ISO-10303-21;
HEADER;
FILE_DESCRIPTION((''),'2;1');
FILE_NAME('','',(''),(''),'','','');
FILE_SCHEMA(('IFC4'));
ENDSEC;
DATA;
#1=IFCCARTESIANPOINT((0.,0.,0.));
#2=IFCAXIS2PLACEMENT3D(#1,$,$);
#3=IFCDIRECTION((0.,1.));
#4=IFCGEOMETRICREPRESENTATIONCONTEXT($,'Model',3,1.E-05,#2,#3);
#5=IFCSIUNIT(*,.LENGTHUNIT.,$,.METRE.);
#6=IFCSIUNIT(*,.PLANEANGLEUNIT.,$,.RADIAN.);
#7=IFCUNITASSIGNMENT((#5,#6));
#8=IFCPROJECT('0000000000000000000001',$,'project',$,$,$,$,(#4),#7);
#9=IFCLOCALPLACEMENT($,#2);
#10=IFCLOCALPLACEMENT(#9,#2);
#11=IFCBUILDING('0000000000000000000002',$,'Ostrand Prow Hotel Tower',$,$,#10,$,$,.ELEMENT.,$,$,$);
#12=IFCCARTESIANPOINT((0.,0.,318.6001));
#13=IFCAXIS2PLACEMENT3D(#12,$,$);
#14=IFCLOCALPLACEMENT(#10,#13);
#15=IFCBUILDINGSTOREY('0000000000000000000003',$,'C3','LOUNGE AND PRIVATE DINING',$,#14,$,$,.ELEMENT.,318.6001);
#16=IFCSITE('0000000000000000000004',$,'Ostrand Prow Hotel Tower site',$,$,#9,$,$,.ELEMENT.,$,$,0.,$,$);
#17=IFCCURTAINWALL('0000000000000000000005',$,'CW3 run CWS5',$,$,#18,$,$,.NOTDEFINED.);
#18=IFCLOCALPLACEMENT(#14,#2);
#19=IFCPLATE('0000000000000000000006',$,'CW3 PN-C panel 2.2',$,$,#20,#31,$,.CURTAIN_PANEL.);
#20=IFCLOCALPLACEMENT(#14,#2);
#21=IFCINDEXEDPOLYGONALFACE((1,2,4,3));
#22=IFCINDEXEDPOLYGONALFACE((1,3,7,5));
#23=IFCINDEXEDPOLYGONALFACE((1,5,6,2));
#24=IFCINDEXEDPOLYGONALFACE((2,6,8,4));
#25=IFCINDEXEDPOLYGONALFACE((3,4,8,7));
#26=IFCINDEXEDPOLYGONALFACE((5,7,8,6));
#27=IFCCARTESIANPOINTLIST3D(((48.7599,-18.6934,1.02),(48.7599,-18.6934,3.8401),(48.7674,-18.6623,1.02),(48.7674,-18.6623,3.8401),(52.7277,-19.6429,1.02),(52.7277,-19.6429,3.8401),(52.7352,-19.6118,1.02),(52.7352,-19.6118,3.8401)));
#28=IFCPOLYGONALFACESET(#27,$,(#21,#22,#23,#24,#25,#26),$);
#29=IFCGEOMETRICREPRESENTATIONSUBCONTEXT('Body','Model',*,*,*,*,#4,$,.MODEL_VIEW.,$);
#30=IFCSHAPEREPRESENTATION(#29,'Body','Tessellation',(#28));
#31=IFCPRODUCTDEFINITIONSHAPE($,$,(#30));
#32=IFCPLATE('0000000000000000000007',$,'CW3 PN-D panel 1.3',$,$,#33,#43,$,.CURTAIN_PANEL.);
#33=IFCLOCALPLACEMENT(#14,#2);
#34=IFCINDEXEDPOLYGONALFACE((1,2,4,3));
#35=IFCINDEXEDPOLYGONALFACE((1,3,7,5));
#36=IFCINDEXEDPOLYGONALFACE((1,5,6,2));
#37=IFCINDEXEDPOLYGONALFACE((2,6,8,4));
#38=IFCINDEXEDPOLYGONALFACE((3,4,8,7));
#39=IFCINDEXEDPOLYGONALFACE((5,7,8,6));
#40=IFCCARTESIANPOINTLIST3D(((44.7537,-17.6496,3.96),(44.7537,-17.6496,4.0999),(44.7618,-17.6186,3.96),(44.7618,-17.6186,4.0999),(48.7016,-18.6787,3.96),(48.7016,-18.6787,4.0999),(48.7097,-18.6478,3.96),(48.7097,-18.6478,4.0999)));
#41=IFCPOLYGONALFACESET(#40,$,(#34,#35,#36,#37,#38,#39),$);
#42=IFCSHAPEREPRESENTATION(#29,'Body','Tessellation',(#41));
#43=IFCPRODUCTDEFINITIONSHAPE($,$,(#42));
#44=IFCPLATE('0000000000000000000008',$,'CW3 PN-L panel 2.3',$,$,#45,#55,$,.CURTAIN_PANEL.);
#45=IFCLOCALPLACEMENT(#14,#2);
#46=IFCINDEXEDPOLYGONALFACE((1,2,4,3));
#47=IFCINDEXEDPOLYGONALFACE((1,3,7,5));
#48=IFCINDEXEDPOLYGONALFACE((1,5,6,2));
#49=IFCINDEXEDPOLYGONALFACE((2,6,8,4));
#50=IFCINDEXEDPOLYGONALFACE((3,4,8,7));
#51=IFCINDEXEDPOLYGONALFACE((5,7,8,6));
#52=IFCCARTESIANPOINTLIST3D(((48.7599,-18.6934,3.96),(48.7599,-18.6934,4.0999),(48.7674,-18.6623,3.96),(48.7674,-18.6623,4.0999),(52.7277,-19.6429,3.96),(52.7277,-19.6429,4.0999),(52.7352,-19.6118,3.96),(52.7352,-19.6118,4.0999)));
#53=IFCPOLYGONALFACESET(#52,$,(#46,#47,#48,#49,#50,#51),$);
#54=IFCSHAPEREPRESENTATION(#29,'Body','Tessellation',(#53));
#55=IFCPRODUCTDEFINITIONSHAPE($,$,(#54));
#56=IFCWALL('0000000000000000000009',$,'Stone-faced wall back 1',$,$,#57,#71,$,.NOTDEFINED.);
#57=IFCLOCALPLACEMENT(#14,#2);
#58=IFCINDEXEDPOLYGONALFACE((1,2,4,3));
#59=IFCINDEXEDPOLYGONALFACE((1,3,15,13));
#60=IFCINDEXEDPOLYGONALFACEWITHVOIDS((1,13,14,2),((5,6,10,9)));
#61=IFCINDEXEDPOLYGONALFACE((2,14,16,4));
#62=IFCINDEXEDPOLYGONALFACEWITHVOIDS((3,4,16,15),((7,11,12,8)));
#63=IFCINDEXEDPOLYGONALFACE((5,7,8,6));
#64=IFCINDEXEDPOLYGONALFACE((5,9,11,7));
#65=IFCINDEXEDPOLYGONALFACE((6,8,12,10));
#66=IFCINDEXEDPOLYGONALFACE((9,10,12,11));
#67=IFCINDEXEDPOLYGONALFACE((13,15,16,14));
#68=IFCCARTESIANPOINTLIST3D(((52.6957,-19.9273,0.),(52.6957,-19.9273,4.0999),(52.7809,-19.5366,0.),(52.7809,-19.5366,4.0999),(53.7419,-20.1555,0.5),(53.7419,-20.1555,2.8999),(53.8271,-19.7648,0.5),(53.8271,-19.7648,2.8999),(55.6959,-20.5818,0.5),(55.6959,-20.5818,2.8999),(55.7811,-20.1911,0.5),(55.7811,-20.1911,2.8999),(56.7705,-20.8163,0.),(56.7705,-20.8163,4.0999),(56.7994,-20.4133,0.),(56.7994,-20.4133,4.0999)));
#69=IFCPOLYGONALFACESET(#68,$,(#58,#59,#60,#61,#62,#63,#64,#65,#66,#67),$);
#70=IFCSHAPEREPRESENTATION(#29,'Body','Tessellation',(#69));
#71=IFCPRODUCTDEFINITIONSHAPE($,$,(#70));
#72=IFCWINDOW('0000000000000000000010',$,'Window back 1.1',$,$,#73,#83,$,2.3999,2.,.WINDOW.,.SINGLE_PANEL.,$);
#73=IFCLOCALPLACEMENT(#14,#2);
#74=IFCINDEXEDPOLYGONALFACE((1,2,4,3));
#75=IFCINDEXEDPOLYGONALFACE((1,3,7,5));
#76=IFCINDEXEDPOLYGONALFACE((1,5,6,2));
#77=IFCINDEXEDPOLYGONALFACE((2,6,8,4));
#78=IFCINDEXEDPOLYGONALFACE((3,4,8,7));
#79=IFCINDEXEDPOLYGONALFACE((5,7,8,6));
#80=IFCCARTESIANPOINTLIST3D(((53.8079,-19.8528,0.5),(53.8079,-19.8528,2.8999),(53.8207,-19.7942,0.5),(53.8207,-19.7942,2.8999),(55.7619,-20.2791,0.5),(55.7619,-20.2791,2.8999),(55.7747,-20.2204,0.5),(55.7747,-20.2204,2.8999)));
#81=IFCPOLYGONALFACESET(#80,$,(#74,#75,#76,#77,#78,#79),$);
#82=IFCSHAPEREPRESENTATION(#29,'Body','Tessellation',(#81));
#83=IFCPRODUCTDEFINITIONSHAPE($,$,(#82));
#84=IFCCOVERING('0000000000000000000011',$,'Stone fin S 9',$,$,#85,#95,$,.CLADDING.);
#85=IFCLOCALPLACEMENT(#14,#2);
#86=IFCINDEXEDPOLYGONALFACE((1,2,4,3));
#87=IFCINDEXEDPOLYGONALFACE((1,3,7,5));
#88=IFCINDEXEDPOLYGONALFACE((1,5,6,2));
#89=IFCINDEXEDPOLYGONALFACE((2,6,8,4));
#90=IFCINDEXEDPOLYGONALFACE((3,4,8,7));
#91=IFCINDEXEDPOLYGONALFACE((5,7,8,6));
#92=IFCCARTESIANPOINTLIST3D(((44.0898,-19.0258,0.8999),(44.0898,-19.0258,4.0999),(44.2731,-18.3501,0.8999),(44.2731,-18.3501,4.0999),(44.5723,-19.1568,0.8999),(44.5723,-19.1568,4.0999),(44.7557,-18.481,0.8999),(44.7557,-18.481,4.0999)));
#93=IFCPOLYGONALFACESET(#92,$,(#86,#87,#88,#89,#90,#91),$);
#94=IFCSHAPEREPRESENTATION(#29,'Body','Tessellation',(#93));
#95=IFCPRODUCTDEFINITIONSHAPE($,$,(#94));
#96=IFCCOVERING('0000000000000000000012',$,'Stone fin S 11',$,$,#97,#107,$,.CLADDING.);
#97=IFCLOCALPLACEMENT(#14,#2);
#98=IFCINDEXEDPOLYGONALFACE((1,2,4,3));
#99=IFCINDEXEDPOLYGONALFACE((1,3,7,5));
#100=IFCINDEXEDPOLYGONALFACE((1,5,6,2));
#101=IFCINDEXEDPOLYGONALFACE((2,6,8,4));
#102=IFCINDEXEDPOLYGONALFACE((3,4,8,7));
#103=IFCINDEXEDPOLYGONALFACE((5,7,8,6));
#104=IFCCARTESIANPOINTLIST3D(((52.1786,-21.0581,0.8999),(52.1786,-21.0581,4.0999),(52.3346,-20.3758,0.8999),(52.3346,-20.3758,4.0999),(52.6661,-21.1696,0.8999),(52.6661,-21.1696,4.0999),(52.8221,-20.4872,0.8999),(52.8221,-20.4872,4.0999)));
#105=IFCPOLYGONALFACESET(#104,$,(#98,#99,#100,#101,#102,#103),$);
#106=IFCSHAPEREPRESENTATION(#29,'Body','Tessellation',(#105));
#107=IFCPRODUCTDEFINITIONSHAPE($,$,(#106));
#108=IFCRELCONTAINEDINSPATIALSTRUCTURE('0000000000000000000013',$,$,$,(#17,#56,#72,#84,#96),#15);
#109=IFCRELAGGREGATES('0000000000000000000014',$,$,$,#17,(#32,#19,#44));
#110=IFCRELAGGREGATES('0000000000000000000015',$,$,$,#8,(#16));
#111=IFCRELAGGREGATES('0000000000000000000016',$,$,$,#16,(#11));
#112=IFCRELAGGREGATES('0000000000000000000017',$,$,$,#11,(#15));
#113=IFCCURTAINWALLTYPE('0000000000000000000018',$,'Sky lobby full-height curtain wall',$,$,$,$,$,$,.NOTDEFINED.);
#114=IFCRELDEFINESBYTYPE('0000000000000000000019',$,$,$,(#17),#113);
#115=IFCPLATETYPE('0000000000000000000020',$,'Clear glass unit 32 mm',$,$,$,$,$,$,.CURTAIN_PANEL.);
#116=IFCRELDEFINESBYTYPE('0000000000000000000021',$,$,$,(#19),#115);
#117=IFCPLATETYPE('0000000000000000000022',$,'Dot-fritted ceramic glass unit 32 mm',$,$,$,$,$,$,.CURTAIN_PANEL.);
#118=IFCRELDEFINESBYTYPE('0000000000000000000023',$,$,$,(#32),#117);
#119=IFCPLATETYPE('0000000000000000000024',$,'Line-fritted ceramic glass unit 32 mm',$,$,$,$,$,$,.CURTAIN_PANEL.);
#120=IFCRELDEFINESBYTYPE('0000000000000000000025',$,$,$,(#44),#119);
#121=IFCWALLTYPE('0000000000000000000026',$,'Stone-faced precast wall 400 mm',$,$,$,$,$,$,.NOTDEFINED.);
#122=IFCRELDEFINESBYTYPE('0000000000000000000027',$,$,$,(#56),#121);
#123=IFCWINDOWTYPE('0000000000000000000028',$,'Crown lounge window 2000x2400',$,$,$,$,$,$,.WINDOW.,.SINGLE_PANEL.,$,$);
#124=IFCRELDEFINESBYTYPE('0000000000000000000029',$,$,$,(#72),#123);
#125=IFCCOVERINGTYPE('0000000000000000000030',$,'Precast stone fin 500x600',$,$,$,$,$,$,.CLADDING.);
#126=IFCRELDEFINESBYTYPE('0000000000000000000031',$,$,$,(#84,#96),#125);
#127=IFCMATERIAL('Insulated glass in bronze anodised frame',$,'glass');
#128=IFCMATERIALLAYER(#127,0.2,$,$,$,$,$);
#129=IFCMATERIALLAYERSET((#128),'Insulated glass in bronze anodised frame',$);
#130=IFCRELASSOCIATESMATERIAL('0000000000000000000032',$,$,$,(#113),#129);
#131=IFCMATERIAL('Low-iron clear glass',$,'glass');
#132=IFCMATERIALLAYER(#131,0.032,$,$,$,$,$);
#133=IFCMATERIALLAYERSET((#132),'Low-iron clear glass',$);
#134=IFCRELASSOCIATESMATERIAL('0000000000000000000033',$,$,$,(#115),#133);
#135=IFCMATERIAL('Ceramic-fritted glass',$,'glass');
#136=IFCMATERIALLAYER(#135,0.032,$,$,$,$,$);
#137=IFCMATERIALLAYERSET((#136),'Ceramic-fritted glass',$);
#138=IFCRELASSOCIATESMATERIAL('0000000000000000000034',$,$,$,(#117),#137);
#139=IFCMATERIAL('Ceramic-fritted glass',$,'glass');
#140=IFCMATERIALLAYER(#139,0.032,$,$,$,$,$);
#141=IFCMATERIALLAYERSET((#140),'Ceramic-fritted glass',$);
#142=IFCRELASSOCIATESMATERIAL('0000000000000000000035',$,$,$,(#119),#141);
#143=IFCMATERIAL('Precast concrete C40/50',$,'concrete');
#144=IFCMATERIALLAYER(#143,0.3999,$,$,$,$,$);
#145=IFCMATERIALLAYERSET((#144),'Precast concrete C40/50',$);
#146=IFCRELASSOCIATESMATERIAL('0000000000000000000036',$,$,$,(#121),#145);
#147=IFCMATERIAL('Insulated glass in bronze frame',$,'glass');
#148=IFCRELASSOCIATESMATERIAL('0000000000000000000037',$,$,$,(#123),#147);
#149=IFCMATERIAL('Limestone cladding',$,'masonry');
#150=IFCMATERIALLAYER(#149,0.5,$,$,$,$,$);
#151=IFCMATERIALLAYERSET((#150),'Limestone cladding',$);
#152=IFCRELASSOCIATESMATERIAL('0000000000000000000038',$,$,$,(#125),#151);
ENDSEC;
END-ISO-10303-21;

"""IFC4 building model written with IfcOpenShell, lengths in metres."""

from ifc_helpers import new_model, si_unit, direction, frame, frame_2d, origin, origin_2d, place, context, subcontext, project, spatial, polyline, rectangle, outline, extrude, material, layer, layer_set, type_object, element, fill, aggregate, save


model = new_model("IFC4")

# Units and contexts
model_context = context("Model", 3, precision=1e-05, world=origin(), true_north=direction((0.0, 1.0)))
body_context = subcontext(model_context, "Body", "Model", "MODEL_VIEW")
ifc_project = project(units=[si_unit("LENGTHUNIT", "METRE"), si_unit("PLANEANGLEUNIT", "RADIAN")], contexts=[model_context])

# Site, building, storey
site_placement = place(None, origin())
site = spatial("IfcSite", under=ifc_project, at=site_placement, Name="Ostrand Prow Hotel Tower site", CompositionType="ELEMENT", RefElevation=0.0)
building_placement = place(site_placement, origin())
building = spatial("IfcBuilding", under=site, at=building_placement, Name="Ostrand Prow Hotel Tower", CompositionType="ELEMENT")
storey_placement = place(building_placement, frame((0.0, 0.0, 318.6001)))
storey = spatial("IfcBuildingStorey", under=building, at=storey_placement, Name="C3", Description="LOUNGE AND PRIVATE DINING", CompositionType="ELEMENT", Elevation=318.6001)

# Shared definitions
ifc_material_1 = material(Name="Insulated glass in bronze anodised frame", Category="glass")
ifc_layer_1 = layer(ifc_material_1, 0.2)
ifc_layer_set_1 = layer_set([ifc_layer_1], Name="Insulated glass in bronze anodised frame")
curtain_wall_type = type_object("IfcCurtainWallType", Name="Sky lobby full-height curtain wall", PredefinedType="NOTDEFINED", material=ifc_layer_set_1)

# Curtain wall
curtain_wall_1_placement = place(storey_placement, origin())
curtain_wall_1 = element("IfcCurtainWall", 1, at=curtain_wall_1_placement, inside=storey, type_object=curtain_wall_type, Name="CW3 run CWS5", PredefinedType="NOTDEFINED")

# Plates
ifc_material_2 = material(Name="Low-iron clear glass", Category="glass")
ifc_layer_2 = layer(ifc_material_2, 0.032)
ifc_layer_set_2 = layer_set([ifc_layer_2], Name="Low-iron clear glass")
plate_type_1 = type_object("IfcPlateType", Name="Clear glass unit 32 mm", PredefinedType="CURTAIN_PANEL", material=ifc_layer_set_2)
plate_1_placement = place(storey_placement, frame((50.7476, -19.1526, 1.02), z_axis=(0.0, 0.0, 1.0), x_axis=(0.972538, -0.232746, 0.0)))
plate_1 = element("IfcPlate", 2, at=plate_1_placement, type_object=plate_type_1, Name="CW3 PN-C panel 2.2", PredefinedType="CURTAIN_PANEL", context=body_context, shape_type="SweptSolid", body=[
    extrude(rectangle(XDim=4.0798, YDim=0.032, at=origin_2d()), origin(), (0.0, 0.0, 1.0), 2.8201),
])
ifc_material_3 = material(Name="Ceramic-fritted glass", Category="glass")
ifc_layer_3 = layer(ifc_material_3, 0.032)
ifc_layer_set_3 = layer_set([ifc_layer_3], Name="Ceramic-fritted glass")
plate_type_2 = type_object("IfcPlateType", Name="Dot-fritted ceramic glass unit 32 mm", PredefinedType="CURTAIN_PANEL", material=ifc_layer_set_3)
plate_2_placement = place(storey_placement, frame((46.7317, -18.1487, 3.96), z_axis=(0.0, 0.0, 1.0), x_axis=(0.967663, -0.252248, 0.0)))
plate_2 = element("IfcPlate", 3, at=plate_2_placement, type_object=plate_type_2, Name="CW3 PN-D panel 1.3", PredefinedType="CURTAIN_PANEL", context=body_context, shape_type="SweptSolid", body=[
    extrude(rectangle(XDim=4.0798, YDim=0.032, at=origin_2d()), origin(), (0.0, 0.0, 1.0), 0.1399),
])
ifc_material_4 = material(Name="Ceramic-fritted glass", Category="glass")
ifc_layer_4 = layer(ifc_material_4, 0.032)
ifc_layer_set_4 = layer_set([ifc_layer_4], Name="Ceramic-fritted glass")
plate_type_3 = type_object("IfcPlateType", Name="Line-fritted ceramic glass unit 32 mm", PredefinedType="CURTAIN_PANEL", material=ifc_layer_set_4)
plate_3_placement = place(storey_placement, frame((50.7476, -19.1526, 3.96), z_axis=(0.0, 0.0, 1.0), x_axis=(0.972538, -0.232746, 0.0)))
plate_3 = element("IfcPlate", 4, at=plate_3_placement, type_object=plate_type_3, Name="CW3 PN-L panel 2.3", PredefinedType="CURTAIN_PANEL", context=body_context, shape_type="SweptSolid", body=[
    extrude(rectangle(XDim=4.0798, YDim=0.032, at=origin_2d()), origin(), (0.0, 0.0, 1.0), 0.1399),
])
aggregate(curtain_wall_1, [plate_2, plate_1, plate_3])

# Wall, opening, window
ifc_material_5 = material(Name="Precast concrete C40/50", Category="concrete")
ifc_layer_5 = layer(ifc_material_5, 0.3999)
ifc_layer_set_5 = layer_set([ifc_layer_5], Name="Precast concrete C40/50")
wall_type = type_object("IfcWallType", Name="Stone-faced precast wall 400 mm", PredefinedType="NOTDEFINED", material=ifc_layer_set_5)
wall_placement = place(storey_placement, frame((52.7383, -19.7319, 0.0), z_axis=(0.0, 0.0, 1.0), x_axis=(0.97702, -0.213147, 0.0)))
wall = element("IfcWall", 5, at=wall_placement, inside=storey, type_object=wall_type, Name="Stone-faced wall back 1", PredefinedType="NOTDEFINED", context=body_context, shape_type="SweptSolid", body=[
    extrude(outline(polyline([(0.0, -0.2), (4.1707, -0.2), (4.113, 0.2), (0.0, 0.2), (0.0, -0.2)])), origin(), (0.0, 0.0, 1.0), 4.0999),
])
opening_placement = place(wall_placement, frame((1.0708, 0.0, 0.5)))
opening = element("IfcOpeningElement", 6, at=opening_placement, cuts=wall, PredefinedType="OPENING", context=body_context, shape_type="SweptSolid", body=[
    extrude(rectangle(XDim=2.0, YDim=2.3999, at=frame_2d((1.0, 1.2))), frame((0.0, 0.21, 0.0), z_axis=(0.0, -1.0, 0.0), x_axis=(1.0, 0.0, 0.0)), (0.0, 0.0, 1.0), 0.4199),
])
ifc_material_6 = material(Name="Insulated glass in bronze frame", Category="glass")
window_type = type_object("IfcWindowType", Name="Crown lounge window 2000x2400", PartitioningType="SINGLE_PANEL", PredefinedType="WINDOW", material=ifc_material_6)
window_placement = place(opening_placement, origin())
window = element("IfcWindow", 7, at=window_placement, inside=storey, type_object=window_type, Name="Window back 1.1", OverallHeight=2.3999, OverallWidth=2.0, PartitioningType="SINGLE_PANEL", PredefinedType="WINDOW", context=body_context, shape_type="SweptSolid", body=[
    extrude(rectangle(XDim=2.0, YDim=2.3999, at=frame_2d((1.0, 1.2))), frame((0.0, 0.1699, 0.0), z_axis=(0.0, -1.0, 0.0), x_axis=(1.0, 0.0, 0.0)), (0.0, 0.0, 1.0), 0.0601),
])
fill(opening, window)

# Coverings
ifc_material_7 = material(Name="Limestone cladding", Category="masonry")
ifc_layer_6 = layer(ifc_material_7, 0.5)
ifc_layer_set_6 = layer_set([ifc_layer_6], Name="Limestone cladding")
covering_type = type_object("IfcCoveringType", Name="Precast stone fin 500x600", PredefinedType="CLADDING", material=ifc_layer_set_6)
covering_1_placement = place(storey_placement, frame((44.5144, -18.4155, 0.8999), z_axis=(0.0, 0.0, 1.0), x_axis=(-0.261849, -0.965109, 0.0)))
element("IfcCovering", 8, at=covering_1_placement, inside=storey, type_object=covering_type, Name="Stone fin S 9", PredefinedType="CLADDING", context=body_context, shape_type="SweptSolid", body=[
    extrude(rectangle(XDim=0.7002, YDim=0.5, at=frame_2d((0.3501, 0.0))), origin(), (0.0, 0.0, 1.0), 3.2),
])
covering_2_placement = place(storey_placement, frame((52.5784, -20.4314, 0.8999), z_axis=(0.0, 0.0, 1.0), x_axis=(-0.222872, -0.974848, 0.0)))
element("IfcCovering", 9, at=covering_2_placement, inside=storey, type_object=covering_type, Name="Stone fin S 11", PredefinedType="CLADDING", context=body_context, shape_type="SweptSolid", body=[
    extrude(rectangle(XDim=0.7, YDim=0.5, at=frame_2d((0.3501, 0.0))), origin(), (0.0, 0.0, 1.0), 3.2),
])

save(model, "model.ifc")
